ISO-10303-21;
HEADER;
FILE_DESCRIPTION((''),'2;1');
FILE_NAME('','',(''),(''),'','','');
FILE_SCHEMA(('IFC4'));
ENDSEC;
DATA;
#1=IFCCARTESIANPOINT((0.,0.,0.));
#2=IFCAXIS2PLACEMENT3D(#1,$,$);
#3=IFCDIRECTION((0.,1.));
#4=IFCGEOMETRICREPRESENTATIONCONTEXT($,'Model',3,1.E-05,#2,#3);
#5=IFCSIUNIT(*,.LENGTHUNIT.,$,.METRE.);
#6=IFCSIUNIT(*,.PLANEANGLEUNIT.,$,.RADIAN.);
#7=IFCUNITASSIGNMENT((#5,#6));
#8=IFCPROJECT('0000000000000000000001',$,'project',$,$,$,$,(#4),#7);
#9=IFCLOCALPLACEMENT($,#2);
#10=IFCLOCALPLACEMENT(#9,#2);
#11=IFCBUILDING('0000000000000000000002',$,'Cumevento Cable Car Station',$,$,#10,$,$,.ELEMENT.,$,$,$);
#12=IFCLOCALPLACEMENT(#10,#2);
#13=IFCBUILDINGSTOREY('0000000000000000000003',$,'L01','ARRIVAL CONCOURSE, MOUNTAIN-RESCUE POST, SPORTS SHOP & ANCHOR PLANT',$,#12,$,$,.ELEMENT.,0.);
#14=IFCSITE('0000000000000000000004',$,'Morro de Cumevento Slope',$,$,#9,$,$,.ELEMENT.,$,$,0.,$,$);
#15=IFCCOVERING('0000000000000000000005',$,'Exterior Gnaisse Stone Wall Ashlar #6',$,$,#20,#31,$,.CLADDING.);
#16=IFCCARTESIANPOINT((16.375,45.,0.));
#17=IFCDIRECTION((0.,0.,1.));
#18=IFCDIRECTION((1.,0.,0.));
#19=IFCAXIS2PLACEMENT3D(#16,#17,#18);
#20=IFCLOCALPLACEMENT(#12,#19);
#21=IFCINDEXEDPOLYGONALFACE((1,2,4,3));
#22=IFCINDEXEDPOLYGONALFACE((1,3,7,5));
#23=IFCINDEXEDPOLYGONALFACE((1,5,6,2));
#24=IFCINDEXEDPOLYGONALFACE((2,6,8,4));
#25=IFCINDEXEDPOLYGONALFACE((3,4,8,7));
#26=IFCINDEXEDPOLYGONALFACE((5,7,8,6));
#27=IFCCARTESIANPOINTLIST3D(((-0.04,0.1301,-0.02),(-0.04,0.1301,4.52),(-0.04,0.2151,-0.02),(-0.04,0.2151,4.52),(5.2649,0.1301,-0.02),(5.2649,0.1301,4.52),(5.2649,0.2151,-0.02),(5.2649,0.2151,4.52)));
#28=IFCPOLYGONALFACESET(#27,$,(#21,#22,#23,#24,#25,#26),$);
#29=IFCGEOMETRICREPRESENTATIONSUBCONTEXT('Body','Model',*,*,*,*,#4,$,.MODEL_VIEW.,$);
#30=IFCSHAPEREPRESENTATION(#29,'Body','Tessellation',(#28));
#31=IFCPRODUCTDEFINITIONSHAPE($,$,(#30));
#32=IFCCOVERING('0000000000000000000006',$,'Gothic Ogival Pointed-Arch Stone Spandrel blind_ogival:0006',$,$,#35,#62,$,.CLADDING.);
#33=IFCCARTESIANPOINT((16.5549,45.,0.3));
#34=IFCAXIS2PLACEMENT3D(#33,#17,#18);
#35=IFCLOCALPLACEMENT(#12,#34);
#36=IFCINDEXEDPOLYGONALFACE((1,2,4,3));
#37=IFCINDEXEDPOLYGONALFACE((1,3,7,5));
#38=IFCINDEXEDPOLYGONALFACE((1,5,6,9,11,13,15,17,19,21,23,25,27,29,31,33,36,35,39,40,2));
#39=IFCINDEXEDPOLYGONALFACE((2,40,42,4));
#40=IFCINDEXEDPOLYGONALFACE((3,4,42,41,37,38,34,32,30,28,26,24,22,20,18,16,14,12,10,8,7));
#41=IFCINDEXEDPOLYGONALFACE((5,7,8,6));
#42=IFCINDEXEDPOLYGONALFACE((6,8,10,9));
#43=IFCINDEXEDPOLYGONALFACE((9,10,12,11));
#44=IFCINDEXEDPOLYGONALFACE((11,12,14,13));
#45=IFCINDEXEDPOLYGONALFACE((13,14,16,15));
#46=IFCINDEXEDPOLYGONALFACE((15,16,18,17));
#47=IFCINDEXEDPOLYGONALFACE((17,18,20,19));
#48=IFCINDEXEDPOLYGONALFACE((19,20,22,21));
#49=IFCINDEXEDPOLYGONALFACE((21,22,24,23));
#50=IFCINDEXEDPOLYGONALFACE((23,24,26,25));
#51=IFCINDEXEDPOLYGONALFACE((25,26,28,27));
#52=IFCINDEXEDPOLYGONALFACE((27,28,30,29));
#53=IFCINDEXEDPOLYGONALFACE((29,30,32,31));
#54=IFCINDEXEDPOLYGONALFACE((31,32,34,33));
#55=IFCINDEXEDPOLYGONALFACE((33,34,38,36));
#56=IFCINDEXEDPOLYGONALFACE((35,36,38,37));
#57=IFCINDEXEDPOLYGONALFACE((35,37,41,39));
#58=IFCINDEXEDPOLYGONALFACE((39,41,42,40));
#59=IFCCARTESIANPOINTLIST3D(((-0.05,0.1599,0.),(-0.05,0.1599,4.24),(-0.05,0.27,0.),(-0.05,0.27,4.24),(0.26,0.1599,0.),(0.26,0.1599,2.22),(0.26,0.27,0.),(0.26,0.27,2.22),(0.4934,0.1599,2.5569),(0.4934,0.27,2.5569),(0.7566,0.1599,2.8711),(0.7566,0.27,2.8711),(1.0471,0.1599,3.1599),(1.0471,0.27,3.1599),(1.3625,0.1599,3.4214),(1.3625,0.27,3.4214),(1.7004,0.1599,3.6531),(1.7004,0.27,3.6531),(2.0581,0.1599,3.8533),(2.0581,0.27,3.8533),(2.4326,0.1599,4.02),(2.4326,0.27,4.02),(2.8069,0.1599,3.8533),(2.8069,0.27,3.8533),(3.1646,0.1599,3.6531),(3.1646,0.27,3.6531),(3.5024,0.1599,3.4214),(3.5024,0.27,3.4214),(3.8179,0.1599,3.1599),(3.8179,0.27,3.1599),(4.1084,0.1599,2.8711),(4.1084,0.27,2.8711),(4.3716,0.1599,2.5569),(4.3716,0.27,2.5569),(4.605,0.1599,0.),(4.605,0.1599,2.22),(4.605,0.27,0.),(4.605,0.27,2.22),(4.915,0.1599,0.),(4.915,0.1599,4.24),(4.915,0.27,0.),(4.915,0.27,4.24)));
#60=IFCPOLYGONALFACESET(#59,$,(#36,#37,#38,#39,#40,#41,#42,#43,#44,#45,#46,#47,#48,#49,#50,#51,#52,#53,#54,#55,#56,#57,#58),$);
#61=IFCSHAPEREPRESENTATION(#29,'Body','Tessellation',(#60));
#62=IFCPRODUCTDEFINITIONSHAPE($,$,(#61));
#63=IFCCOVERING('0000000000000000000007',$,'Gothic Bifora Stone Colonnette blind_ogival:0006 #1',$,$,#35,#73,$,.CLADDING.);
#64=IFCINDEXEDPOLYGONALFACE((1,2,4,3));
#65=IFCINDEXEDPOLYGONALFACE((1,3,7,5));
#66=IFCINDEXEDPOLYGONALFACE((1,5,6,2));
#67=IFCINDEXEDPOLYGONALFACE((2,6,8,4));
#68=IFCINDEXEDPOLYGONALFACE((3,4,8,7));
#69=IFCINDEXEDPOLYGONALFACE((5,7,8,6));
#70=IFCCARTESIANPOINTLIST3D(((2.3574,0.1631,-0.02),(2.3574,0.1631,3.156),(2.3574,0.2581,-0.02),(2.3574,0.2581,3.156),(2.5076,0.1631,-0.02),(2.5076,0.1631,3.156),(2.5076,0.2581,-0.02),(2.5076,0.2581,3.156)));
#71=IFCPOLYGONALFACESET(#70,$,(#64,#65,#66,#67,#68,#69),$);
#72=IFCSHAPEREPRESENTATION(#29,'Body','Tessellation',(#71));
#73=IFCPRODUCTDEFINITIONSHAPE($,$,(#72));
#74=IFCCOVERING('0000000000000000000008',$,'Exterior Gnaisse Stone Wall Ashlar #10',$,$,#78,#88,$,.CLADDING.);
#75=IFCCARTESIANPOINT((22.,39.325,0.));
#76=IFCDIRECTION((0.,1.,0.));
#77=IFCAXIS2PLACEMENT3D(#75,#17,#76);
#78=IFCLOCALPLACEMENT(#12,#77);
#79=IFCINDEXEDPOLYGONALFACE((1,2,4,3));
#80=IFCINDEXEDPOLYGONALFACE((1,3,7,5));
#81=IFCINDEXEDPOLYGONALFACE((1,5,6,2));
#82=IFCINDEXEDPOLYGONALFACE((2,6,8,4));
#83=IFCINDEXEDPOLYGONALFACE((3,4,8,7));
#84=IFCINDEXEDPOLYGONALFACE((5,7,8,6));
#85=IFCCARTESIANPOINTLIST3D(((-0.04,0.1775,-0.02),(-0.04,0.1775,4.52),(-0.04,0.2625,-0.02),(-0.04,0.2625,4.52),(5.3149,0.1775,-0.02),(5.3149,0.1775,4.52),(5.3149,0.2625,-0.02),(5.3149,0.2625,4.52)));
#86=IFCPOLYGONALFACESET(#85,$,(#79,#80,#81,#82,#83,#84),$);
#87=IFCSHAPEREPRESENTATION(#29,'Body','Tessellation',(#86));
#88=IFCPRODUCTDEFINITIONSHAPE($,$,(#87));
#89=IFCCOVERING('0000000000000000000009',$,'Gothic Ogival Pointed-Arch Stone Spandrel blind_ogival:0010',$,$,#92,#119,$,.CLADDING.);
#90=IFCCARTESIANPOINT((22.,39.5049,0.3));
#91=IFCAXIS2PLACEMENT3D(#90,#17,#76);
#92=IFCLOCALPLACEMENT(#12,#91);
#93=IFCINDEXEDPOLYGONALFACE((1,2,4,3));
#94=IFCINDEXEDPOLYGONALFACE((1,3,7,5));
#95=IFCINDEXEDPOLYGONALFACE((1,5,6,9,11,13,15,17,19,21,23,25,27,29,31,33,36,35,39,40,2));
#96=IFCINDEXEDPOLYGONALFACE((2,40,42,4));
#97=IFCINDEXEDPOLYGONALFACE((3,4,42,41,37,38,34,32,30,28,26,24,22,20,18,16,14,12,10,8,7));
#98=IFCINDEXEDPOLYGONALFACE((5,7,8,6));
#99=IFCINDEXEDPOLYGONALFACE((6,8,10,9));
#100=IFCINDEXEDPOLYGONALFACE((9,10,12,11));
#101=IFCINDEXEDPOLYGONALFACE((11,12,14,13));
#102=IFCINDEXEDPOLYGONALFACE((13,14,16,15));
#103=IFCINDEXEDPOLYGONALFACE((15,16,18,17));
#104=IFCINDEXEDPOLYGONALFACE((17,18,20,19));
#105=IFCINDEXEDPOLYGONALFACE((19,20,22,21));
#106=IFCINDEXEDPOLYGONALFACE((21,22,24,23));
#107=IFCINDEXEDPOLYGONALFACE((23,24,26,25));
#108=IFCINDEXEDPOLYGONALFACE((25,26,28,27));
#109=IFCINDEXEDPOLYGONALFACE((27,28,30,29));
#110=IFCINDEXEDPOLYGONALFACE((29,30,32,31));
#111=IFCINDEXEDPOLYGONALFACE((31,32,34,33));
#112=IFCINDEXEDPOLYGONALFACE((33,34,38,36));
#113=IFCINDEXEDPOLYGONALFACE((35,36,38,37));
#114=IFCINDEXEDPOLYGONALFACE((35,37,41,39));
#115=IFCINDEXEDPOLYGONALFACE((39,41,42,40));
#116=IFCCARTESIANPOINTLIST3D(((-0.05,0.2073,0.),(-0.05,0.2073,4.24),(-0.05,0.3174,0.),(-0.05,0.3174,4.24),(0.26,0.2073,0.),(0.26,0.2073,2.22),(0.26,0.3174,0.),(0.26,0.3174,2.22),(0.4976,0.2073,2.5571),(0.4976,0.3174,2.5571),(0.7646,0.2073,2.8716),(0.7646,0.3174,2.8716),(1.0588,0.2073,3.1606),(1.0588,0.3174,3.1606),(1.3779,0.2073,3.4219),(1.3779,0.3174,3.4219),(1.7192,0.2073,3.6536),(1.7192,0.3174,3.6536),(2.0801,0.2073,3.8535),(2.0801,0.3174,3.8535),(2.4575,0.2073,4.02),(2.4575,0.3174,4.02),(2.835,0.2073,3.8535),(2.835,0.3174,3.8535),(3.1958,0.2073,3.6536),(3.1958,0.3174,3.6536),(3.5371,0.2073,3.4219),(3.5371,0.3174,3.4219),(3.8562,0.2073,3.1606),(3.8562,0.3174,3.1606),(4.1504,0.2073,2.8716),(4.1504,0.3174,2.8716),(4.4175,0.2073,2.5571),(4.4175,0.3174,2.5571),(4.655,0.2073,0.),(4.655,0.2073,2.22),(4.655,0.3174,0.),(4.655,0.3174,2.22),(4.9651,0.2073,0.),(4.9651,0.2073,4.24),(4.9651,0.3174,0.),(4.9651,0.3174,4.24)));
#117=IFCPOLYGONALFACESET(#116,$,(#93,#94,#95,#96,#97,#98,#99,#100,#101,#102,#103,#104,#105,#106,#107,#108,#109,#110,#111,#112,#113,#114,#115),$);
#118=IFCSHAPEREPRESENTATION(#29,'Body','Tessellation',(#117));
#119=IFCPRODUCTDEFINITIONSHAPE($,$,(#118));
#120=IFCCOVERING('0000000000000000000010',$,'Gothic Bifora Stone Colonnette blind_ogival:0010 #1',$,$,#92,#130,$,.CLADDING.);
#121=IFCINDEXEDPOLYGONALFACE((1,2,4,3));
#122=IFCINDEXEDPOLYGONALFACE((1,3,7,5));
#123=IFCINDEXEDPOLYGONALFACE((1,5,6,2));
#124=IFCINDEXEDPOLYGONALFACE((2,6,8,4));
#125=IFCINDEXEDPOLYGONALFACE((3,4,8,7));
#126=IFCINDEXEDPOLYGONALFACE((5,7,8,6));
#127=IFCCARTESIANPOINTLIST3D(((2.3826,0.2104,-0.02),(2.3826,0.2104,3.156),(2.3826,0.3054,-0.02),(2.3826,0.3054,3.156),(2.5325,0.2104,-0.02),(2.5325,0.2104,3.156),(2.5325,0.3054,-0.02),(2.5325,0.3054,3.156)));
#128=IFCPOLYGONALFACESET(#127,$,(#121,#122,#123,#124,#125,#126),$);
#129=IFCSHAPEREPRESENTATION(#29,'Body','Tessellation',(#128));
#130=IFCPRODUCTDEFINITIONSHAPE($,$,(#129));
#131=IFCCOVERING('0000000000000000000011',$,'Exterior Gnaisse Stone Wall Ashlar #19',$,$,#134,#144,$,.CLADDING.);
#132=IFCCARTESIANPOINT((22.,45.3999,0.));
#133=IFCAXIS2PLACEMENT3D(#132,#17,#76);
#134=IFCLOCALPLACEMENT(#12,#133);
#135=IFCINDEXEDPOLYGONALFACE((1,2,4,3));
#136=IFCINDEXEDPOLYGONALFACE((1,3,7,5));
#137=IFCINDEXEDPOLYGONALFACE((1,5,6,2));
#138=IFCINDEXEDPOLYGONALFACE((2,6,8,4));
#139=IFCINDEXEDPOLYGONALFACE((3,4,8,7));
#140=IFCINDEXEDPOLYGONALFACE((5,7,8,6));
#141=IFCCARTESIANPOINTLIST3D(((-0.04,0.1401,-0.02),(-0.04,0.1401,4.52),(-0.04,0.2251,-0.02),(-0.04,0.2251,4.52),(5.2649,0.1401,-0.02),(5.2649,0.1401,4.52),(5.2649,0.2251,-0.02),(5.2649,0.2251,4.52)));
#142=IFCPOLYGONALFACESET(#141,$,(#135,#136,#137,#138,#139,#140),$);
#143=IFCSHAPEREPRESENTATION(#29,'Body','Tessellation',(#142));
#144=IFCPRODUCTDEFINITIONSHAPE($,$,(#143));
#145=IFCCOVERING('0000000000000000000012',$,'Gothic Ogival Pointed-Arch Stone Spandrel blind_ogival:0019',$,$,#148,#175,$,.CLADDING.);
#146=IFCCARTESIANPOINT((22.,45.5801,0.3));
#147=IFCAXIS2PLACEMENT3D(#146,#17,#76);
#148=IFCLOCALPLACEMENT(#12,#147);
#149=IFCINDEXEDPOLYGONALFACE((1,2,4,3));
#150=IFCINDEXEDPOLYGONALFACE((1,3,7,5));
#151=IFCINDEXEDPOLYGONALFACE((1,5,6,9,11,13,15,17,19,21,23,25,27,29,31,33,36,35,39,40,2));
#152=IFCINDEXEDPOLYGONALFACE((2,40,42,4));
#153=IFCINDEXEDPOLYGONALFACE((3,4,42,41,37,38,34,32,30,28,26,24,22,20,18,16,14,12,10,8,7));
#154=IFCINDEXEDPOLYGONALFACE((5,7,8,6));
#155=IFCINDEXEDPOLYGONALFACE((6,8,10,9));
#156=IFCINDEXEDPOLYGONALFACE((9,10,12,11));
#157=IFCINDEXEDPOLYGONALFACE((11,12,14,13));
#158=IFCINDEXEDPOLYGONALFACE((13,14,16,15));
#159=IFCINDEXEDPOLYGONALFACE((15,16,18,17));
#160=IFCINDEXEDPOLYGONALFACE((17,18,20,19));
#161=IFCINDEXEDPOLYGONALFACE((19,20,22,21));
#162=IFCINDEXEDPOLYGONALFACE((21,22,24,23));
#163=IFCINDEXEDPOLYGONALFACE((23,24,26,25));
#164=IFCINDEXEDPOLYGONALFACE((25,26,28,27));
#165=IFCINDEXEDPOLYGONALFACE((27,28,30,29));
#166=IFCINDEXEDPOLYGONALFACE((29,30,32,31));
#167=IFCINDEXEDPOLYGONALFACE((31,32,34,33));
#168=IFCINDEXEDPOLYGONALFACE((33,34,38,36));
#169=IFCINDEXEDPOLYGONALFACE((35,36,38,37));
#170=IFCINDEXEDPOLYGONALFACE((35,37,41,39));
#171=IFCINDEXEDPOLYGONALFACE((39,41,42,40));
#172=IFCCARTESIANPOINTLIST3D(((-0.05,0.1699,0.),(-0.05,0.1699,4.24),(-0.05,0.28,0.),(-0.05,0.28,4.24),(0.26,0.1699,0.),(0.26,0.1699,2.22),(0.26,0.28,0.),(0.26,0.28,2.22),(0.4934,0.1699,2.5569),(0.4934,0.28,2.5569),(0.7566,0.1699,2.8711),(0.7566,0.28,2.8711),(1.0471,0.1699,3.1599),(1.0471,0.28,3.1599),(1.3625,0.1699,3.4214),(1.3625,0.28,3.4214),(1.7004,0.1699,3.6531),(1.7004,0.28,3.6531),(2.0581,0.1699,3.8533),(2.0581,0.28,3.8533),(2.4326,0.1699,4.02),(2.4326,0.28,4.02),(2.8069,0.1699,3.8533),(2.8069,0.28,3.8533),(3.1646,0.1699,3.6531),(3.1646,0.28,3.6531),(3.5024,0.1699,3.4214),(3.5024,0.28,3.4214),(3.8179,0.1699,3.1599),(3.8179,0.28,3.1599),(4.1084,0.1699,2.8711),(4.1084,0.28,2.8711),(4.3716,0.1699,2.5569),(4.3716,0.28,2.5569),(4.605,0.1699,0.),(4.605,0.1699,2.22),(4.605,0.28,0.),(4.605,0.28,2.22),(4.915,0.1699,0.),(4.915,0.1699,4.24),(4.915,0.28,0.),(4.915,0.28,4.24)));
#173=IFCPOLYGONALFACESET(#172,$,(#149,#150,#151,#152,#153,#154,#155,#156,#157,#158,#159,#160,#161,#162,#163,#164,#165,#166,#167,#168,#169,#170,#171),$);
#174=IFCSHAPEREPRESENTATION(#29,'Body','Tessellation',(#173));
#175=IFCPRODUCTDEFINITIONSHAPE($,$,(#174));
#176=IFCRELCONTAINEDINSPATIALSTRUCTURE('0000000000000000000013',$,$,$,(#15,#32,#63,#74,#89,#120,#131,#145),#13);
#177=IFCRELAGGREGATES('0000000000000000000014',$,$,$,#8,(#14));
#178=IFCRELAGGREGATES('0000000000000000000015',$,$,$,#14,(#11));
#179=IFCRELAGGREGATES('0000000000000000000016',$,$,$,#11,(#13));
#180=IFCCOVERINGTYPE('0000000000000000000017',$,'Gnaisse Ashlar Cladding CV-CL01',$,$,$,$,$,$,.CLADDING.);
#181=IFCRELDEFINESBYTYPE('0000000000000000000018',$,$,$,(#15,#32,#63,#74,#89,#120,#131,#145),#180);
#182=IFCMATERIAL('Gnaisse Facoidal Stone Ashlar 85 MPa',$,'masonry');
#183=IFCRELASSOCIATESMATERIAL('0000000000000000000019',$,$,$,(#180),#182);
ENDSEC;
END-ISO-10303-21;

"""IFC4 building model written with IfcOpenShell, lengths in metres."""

from ifc_helpers import new_model, si_unit, direction, frame, origin, place, context, subcontext, project, spatial, polyline, outline, extrude, material, type_object, element, save


model = new_model("IFC4")

# Units and contexts
model_context = context("Model", 3, precision=1e-05, world=origin(), true_north=direction((0.0, 1.0)))
body_context = subcontext(model_context, "Body", "Model", "MODEL_VIEW")
ifc_project = project(units=[si_unit("LENGTHUNIT", "METRE"), si_unit("PLANEANGLEUNIT", "RADIAN")], contexts=[model_context])

# Site, building, storey
site_placement = place(None, origin())
site = spatial("IfcSite", under=ifc_project, at=site_placement, Name="Morro de Cumevento Slope", CompositionType="ELEMENT", RefElevation=0.0)
building_placement = place(site_placement, origin())
building = spatial("IfcBuilding", under=site, at=building_placement, Name="Cumevento Cable Car Station", CompositionType="ELEMENT")
storey_placement = place(building_placement, origin())
storey = spatial("IfcBuildingStorey", under=building, at=storey_placement, Name="L01", Description="ARRIVAL CONCOURSE, MOUNTAIN-RESCUE POST, SPORTS SHOP & ANCHOR PLANT", CompositionType="ELEMENT", Elevation=0.0)

# Coverings
ifc_material_1 = material(Name="Gnaisse Facoidal Stone Ashlar 85 MPa", Category="masonry")
covering_type = type_object("IfcCoveringType", Name="Gnaisse Ashlar Cladding CV-CL01", PredefinedType="CLADDING", material=ifc_material_1)
covering_1_placement = place(storey_placement, frame((16.375, 45.0, 0.0), z_axis=(0.0, 0.0, 1.0), x_axis=(1.0, 0.0, 0.0)))
element("IfcCovering", 1, at=covering_1_placement, inside=storey, type_object=covering_type, Name="Exterior Gnaisse Stone Wall Ashlar #6", PredefinedType="CLADDING", context=body_context, shape_type="SweptSolid", body=[
    extrude(outline(polyline([(-0.04, -0.02), (5.2649, -0.02), (5.2649, 4.52), (-0.04, 4.52), (-0.04, -0.02)])), frame((0.0, 0.2151, 0.0), z_axis=(0.0, -1.0, 0.0), x_axis=(1.0, 0.0, 0.0)), (0.0, 0.0, 1.0), 0.085),
])
placement_1 = place(storey_placement, frame((16.5549, 45.0, 0.3), z_axis=(0.0, 0.0, 1.0), x_axis=(1.0, 0.0, 0.0)))
element("IfcCovering", 2, at=placement_1, inside=storey, type_object=covering_type, Name="Gothic Ogival Pointed-Arch Stone Spandrel blind_ogival:0006", PredefinedType="CLADDING", context=body_context, shape_type="SweptSolid", body=[
    extrude(outline(polyline([(-0.05, 0.0), (-0.05, 4.24), (4.915, 4.24), (4.915, 0.0), (4.605, 0.0), (4.605, 2.22), (4.3716, 2.5569), (4.1084, 2.8711), (3.8179, 3.1599), (3.5024, 3.4214), (3.1646, 3.6531), (2.8069, 3.8533), (2.4326, 4.02), (2.0581, 3.8533), (1.7004, 3.6531), (1.3625, 3.4214), (1.0471, 3.1599), (0.7566, 2.8711), (0.4934, 2.5569), (0.26, 2.22), (0.26, 0.0), (-0.05, 0.0)])), frame((0.0, 0.27, 0.0), z_axis=(0.0, -1.0, 0.0), x_axis=(1.0, 0.0, 0.0)), (0.0, 0.0, 1.0), 0.1101),
])
element("IfcCovering", 3, at=placement_1, inside=storey, type_object=covering_type, Name="Gothic Bifora Stone Colonnette blind_ogival:0006 #1", PredefinedType="CLADDING", context=body_context, shape_type="SweptSolid", body=[
    extrude(outline(polyline([(2.3574, -0.02), (2.5076, -0.02), (2.5076, 3.156), (2.3574, 3.156), (2.3574, -0.02)])), frame((0.0, 0.2581, 0.0), z_axis=(0.0, -1.0, 0.0), x_axis=(1.0, 0.0, 0.0)), (0.0, 0.0, 1.0), 0.095),
])
covering_2_placement = place(storey_placement, frame((22.0, 39.325, 0.0), z_axis=(0.0, 0.0, 1.0), x_axis=(0.0, 1.0, 0.0)))
element("IfcCovering", 4, at=covering_2_placement, inside=storey, type_object=covering_type, Name="Exterior Gnaisse Stone Wall Ashlar #10", PredefinedType="CLADDING", context=body_context, shape_type="SweptSolid", body=[
    extrude(outline(polyline([(-0.04, -0.02), (5.3149, -0.02), (5.3149, 4.52), (-0.04, 4.52), (-0.04, -0.02)])), frame((0.0, 0.2625, 0.0), z_axis=(0.0, -1.0, 0.0), x_axis=(1.0, 0.0, 0.0)), (0.0, 0.0, 1.0), 0.085),
])
placement_2 = place(storey_placement, frame((22.0, 39.5049, 0.3), z_axis=(0.0, 0.0, 1.0), x_axis=(0.0, 1.0, 0.0)))
element("IfcCovering", 5, at=placement_2, inside=storey, type_object=covering_type, Name="Gothic Ogival Pointed-Arch Stone Spandrel blind_ogival:0010", PredefinedType="CLADDING", context=body_context, shape_type="SweptSolid", body=[
    extrude(outline(polyline([(-0.05, 0.0), (-0.05, 4.24), (4.9651, 4.24), (4.9651, 0.0), (4.655, 0.0), (4.655, 2.22), (4.4175, 2.5571), (4.1504, 2.8716), (3.8562, 3.1606), (3.5371, 3.4219), (3.1958, 3.6536), (2.835, 3.8535), (2.4575, 4.02), (2.0801, 3.8535), (1.7192, 3.6536), (1.3779, 3.4219), (1.0588, 3.1606), (0.7646, 2.8716), (0.4976, 2.5571), (0.26, 2.22), (0.26, 0.0), (-0.05, 0.0)])), frame((0.0, 0.3174, 0.0), z_axis=(0.0, -1.0, 0.0), x_axis=(1.0, 0.0, 0.0)), (0.0, 0.0, 1.0), 0.1101),
])
element("IfcCovering", 6, at=placement_2, inside=storey, type_object=covering_type, Name="Gothic Bifora Stone Colonnette blind_ogival:0010 #1", PredefinedType="CLADDING", context=body_context, shape_type="SweptSolid", body=[
    extrude(outline(polyline([(2.3826, -0.02), (2.5325, -0.02), (2.5325, 3.156), (2.3826, 3.156), (2.3826, -0.02)])), frame((0.0, 0.3054, 0.0), z_axis=(0.0, -1.0, 0.0), x_axis=(1.0, 0.0, 0.0)), (0.0, 0.0, 1.0), 0.095),
])
covering_3_placement = place(storey_placement, frame((22.0, 45.3999, 0.0), z_axis=(0.0, 0.0, 1.0), x_axis=(0.0, 1.0, 0.0)))
element("IfcCovering", 7, at=covering_3_placement, inside=storey, type_object=covering_type, Name="Exterior Gnaisse Stone Wall Ashlar #19", PredefinedType="CLADDING", context=body_context, shape_type="SweptSolid", body=[
    extrude(outline(polyline([(-0.04, -0.02), (5.2649, -0.02), (5.2649, 4.52), (-0.04, 4.52), (-0.04, -0.02)])), frame((0.0, 0.2251, 0.0), z_axis=(0.0, -1.0, 0.0), x_axis=(1.0, 0.0, 0.0)), (0.0, 0.0, 1.0), 0.085),
])
covering_4_placement = place(storey_placement, frame((22.0, 45.5801, 0.3), z_axis=(0.0, 0.0, 1.0), x_axis=(0.0, 1.0, 0.0)))
element("IfcCovering", 8, at=covering_4_placement, inside=storey, type_object=covering_type, Name="Gothic Ogival Pointed-Arch Stone Spandrel blind_ogival:0019", PredefinedType="CLADDING", context=body_context, shape_type="SweptSolid", body=[
    extrude(outline(polyline([(-0.05, 0.0), (-0.05, 4.24), (4.915, 4.24), (4.915, 0.0), (4.605, 0.0), (4.605, 2.22), (4.3716, 2.5569), (4.1084, 2.8711), (3.8179, 3.1599), (3.5024, 3.4214), (3.1646, 3.6531), (2.8069, 3.8533), (2.4326, 4.02), (2.0581, 3.8533), (1.7004, 3.6531), (1.3625, 3.4214), (1.0471, 3.1599), (0.7566, 2.8711), (0.4934, 2.5569), (0.26, 2.22), (0.26, 0.0), (-0.05, 0.0)])), frame((0.0, 0.28, 0.0), z_axis=(0.0, -1.0, 0.0), x_axis=(1.0, 0.0, 0.0)), (0.0, 0.0, 1.0), 0.1101),
])

save(model, "model.ifc")
